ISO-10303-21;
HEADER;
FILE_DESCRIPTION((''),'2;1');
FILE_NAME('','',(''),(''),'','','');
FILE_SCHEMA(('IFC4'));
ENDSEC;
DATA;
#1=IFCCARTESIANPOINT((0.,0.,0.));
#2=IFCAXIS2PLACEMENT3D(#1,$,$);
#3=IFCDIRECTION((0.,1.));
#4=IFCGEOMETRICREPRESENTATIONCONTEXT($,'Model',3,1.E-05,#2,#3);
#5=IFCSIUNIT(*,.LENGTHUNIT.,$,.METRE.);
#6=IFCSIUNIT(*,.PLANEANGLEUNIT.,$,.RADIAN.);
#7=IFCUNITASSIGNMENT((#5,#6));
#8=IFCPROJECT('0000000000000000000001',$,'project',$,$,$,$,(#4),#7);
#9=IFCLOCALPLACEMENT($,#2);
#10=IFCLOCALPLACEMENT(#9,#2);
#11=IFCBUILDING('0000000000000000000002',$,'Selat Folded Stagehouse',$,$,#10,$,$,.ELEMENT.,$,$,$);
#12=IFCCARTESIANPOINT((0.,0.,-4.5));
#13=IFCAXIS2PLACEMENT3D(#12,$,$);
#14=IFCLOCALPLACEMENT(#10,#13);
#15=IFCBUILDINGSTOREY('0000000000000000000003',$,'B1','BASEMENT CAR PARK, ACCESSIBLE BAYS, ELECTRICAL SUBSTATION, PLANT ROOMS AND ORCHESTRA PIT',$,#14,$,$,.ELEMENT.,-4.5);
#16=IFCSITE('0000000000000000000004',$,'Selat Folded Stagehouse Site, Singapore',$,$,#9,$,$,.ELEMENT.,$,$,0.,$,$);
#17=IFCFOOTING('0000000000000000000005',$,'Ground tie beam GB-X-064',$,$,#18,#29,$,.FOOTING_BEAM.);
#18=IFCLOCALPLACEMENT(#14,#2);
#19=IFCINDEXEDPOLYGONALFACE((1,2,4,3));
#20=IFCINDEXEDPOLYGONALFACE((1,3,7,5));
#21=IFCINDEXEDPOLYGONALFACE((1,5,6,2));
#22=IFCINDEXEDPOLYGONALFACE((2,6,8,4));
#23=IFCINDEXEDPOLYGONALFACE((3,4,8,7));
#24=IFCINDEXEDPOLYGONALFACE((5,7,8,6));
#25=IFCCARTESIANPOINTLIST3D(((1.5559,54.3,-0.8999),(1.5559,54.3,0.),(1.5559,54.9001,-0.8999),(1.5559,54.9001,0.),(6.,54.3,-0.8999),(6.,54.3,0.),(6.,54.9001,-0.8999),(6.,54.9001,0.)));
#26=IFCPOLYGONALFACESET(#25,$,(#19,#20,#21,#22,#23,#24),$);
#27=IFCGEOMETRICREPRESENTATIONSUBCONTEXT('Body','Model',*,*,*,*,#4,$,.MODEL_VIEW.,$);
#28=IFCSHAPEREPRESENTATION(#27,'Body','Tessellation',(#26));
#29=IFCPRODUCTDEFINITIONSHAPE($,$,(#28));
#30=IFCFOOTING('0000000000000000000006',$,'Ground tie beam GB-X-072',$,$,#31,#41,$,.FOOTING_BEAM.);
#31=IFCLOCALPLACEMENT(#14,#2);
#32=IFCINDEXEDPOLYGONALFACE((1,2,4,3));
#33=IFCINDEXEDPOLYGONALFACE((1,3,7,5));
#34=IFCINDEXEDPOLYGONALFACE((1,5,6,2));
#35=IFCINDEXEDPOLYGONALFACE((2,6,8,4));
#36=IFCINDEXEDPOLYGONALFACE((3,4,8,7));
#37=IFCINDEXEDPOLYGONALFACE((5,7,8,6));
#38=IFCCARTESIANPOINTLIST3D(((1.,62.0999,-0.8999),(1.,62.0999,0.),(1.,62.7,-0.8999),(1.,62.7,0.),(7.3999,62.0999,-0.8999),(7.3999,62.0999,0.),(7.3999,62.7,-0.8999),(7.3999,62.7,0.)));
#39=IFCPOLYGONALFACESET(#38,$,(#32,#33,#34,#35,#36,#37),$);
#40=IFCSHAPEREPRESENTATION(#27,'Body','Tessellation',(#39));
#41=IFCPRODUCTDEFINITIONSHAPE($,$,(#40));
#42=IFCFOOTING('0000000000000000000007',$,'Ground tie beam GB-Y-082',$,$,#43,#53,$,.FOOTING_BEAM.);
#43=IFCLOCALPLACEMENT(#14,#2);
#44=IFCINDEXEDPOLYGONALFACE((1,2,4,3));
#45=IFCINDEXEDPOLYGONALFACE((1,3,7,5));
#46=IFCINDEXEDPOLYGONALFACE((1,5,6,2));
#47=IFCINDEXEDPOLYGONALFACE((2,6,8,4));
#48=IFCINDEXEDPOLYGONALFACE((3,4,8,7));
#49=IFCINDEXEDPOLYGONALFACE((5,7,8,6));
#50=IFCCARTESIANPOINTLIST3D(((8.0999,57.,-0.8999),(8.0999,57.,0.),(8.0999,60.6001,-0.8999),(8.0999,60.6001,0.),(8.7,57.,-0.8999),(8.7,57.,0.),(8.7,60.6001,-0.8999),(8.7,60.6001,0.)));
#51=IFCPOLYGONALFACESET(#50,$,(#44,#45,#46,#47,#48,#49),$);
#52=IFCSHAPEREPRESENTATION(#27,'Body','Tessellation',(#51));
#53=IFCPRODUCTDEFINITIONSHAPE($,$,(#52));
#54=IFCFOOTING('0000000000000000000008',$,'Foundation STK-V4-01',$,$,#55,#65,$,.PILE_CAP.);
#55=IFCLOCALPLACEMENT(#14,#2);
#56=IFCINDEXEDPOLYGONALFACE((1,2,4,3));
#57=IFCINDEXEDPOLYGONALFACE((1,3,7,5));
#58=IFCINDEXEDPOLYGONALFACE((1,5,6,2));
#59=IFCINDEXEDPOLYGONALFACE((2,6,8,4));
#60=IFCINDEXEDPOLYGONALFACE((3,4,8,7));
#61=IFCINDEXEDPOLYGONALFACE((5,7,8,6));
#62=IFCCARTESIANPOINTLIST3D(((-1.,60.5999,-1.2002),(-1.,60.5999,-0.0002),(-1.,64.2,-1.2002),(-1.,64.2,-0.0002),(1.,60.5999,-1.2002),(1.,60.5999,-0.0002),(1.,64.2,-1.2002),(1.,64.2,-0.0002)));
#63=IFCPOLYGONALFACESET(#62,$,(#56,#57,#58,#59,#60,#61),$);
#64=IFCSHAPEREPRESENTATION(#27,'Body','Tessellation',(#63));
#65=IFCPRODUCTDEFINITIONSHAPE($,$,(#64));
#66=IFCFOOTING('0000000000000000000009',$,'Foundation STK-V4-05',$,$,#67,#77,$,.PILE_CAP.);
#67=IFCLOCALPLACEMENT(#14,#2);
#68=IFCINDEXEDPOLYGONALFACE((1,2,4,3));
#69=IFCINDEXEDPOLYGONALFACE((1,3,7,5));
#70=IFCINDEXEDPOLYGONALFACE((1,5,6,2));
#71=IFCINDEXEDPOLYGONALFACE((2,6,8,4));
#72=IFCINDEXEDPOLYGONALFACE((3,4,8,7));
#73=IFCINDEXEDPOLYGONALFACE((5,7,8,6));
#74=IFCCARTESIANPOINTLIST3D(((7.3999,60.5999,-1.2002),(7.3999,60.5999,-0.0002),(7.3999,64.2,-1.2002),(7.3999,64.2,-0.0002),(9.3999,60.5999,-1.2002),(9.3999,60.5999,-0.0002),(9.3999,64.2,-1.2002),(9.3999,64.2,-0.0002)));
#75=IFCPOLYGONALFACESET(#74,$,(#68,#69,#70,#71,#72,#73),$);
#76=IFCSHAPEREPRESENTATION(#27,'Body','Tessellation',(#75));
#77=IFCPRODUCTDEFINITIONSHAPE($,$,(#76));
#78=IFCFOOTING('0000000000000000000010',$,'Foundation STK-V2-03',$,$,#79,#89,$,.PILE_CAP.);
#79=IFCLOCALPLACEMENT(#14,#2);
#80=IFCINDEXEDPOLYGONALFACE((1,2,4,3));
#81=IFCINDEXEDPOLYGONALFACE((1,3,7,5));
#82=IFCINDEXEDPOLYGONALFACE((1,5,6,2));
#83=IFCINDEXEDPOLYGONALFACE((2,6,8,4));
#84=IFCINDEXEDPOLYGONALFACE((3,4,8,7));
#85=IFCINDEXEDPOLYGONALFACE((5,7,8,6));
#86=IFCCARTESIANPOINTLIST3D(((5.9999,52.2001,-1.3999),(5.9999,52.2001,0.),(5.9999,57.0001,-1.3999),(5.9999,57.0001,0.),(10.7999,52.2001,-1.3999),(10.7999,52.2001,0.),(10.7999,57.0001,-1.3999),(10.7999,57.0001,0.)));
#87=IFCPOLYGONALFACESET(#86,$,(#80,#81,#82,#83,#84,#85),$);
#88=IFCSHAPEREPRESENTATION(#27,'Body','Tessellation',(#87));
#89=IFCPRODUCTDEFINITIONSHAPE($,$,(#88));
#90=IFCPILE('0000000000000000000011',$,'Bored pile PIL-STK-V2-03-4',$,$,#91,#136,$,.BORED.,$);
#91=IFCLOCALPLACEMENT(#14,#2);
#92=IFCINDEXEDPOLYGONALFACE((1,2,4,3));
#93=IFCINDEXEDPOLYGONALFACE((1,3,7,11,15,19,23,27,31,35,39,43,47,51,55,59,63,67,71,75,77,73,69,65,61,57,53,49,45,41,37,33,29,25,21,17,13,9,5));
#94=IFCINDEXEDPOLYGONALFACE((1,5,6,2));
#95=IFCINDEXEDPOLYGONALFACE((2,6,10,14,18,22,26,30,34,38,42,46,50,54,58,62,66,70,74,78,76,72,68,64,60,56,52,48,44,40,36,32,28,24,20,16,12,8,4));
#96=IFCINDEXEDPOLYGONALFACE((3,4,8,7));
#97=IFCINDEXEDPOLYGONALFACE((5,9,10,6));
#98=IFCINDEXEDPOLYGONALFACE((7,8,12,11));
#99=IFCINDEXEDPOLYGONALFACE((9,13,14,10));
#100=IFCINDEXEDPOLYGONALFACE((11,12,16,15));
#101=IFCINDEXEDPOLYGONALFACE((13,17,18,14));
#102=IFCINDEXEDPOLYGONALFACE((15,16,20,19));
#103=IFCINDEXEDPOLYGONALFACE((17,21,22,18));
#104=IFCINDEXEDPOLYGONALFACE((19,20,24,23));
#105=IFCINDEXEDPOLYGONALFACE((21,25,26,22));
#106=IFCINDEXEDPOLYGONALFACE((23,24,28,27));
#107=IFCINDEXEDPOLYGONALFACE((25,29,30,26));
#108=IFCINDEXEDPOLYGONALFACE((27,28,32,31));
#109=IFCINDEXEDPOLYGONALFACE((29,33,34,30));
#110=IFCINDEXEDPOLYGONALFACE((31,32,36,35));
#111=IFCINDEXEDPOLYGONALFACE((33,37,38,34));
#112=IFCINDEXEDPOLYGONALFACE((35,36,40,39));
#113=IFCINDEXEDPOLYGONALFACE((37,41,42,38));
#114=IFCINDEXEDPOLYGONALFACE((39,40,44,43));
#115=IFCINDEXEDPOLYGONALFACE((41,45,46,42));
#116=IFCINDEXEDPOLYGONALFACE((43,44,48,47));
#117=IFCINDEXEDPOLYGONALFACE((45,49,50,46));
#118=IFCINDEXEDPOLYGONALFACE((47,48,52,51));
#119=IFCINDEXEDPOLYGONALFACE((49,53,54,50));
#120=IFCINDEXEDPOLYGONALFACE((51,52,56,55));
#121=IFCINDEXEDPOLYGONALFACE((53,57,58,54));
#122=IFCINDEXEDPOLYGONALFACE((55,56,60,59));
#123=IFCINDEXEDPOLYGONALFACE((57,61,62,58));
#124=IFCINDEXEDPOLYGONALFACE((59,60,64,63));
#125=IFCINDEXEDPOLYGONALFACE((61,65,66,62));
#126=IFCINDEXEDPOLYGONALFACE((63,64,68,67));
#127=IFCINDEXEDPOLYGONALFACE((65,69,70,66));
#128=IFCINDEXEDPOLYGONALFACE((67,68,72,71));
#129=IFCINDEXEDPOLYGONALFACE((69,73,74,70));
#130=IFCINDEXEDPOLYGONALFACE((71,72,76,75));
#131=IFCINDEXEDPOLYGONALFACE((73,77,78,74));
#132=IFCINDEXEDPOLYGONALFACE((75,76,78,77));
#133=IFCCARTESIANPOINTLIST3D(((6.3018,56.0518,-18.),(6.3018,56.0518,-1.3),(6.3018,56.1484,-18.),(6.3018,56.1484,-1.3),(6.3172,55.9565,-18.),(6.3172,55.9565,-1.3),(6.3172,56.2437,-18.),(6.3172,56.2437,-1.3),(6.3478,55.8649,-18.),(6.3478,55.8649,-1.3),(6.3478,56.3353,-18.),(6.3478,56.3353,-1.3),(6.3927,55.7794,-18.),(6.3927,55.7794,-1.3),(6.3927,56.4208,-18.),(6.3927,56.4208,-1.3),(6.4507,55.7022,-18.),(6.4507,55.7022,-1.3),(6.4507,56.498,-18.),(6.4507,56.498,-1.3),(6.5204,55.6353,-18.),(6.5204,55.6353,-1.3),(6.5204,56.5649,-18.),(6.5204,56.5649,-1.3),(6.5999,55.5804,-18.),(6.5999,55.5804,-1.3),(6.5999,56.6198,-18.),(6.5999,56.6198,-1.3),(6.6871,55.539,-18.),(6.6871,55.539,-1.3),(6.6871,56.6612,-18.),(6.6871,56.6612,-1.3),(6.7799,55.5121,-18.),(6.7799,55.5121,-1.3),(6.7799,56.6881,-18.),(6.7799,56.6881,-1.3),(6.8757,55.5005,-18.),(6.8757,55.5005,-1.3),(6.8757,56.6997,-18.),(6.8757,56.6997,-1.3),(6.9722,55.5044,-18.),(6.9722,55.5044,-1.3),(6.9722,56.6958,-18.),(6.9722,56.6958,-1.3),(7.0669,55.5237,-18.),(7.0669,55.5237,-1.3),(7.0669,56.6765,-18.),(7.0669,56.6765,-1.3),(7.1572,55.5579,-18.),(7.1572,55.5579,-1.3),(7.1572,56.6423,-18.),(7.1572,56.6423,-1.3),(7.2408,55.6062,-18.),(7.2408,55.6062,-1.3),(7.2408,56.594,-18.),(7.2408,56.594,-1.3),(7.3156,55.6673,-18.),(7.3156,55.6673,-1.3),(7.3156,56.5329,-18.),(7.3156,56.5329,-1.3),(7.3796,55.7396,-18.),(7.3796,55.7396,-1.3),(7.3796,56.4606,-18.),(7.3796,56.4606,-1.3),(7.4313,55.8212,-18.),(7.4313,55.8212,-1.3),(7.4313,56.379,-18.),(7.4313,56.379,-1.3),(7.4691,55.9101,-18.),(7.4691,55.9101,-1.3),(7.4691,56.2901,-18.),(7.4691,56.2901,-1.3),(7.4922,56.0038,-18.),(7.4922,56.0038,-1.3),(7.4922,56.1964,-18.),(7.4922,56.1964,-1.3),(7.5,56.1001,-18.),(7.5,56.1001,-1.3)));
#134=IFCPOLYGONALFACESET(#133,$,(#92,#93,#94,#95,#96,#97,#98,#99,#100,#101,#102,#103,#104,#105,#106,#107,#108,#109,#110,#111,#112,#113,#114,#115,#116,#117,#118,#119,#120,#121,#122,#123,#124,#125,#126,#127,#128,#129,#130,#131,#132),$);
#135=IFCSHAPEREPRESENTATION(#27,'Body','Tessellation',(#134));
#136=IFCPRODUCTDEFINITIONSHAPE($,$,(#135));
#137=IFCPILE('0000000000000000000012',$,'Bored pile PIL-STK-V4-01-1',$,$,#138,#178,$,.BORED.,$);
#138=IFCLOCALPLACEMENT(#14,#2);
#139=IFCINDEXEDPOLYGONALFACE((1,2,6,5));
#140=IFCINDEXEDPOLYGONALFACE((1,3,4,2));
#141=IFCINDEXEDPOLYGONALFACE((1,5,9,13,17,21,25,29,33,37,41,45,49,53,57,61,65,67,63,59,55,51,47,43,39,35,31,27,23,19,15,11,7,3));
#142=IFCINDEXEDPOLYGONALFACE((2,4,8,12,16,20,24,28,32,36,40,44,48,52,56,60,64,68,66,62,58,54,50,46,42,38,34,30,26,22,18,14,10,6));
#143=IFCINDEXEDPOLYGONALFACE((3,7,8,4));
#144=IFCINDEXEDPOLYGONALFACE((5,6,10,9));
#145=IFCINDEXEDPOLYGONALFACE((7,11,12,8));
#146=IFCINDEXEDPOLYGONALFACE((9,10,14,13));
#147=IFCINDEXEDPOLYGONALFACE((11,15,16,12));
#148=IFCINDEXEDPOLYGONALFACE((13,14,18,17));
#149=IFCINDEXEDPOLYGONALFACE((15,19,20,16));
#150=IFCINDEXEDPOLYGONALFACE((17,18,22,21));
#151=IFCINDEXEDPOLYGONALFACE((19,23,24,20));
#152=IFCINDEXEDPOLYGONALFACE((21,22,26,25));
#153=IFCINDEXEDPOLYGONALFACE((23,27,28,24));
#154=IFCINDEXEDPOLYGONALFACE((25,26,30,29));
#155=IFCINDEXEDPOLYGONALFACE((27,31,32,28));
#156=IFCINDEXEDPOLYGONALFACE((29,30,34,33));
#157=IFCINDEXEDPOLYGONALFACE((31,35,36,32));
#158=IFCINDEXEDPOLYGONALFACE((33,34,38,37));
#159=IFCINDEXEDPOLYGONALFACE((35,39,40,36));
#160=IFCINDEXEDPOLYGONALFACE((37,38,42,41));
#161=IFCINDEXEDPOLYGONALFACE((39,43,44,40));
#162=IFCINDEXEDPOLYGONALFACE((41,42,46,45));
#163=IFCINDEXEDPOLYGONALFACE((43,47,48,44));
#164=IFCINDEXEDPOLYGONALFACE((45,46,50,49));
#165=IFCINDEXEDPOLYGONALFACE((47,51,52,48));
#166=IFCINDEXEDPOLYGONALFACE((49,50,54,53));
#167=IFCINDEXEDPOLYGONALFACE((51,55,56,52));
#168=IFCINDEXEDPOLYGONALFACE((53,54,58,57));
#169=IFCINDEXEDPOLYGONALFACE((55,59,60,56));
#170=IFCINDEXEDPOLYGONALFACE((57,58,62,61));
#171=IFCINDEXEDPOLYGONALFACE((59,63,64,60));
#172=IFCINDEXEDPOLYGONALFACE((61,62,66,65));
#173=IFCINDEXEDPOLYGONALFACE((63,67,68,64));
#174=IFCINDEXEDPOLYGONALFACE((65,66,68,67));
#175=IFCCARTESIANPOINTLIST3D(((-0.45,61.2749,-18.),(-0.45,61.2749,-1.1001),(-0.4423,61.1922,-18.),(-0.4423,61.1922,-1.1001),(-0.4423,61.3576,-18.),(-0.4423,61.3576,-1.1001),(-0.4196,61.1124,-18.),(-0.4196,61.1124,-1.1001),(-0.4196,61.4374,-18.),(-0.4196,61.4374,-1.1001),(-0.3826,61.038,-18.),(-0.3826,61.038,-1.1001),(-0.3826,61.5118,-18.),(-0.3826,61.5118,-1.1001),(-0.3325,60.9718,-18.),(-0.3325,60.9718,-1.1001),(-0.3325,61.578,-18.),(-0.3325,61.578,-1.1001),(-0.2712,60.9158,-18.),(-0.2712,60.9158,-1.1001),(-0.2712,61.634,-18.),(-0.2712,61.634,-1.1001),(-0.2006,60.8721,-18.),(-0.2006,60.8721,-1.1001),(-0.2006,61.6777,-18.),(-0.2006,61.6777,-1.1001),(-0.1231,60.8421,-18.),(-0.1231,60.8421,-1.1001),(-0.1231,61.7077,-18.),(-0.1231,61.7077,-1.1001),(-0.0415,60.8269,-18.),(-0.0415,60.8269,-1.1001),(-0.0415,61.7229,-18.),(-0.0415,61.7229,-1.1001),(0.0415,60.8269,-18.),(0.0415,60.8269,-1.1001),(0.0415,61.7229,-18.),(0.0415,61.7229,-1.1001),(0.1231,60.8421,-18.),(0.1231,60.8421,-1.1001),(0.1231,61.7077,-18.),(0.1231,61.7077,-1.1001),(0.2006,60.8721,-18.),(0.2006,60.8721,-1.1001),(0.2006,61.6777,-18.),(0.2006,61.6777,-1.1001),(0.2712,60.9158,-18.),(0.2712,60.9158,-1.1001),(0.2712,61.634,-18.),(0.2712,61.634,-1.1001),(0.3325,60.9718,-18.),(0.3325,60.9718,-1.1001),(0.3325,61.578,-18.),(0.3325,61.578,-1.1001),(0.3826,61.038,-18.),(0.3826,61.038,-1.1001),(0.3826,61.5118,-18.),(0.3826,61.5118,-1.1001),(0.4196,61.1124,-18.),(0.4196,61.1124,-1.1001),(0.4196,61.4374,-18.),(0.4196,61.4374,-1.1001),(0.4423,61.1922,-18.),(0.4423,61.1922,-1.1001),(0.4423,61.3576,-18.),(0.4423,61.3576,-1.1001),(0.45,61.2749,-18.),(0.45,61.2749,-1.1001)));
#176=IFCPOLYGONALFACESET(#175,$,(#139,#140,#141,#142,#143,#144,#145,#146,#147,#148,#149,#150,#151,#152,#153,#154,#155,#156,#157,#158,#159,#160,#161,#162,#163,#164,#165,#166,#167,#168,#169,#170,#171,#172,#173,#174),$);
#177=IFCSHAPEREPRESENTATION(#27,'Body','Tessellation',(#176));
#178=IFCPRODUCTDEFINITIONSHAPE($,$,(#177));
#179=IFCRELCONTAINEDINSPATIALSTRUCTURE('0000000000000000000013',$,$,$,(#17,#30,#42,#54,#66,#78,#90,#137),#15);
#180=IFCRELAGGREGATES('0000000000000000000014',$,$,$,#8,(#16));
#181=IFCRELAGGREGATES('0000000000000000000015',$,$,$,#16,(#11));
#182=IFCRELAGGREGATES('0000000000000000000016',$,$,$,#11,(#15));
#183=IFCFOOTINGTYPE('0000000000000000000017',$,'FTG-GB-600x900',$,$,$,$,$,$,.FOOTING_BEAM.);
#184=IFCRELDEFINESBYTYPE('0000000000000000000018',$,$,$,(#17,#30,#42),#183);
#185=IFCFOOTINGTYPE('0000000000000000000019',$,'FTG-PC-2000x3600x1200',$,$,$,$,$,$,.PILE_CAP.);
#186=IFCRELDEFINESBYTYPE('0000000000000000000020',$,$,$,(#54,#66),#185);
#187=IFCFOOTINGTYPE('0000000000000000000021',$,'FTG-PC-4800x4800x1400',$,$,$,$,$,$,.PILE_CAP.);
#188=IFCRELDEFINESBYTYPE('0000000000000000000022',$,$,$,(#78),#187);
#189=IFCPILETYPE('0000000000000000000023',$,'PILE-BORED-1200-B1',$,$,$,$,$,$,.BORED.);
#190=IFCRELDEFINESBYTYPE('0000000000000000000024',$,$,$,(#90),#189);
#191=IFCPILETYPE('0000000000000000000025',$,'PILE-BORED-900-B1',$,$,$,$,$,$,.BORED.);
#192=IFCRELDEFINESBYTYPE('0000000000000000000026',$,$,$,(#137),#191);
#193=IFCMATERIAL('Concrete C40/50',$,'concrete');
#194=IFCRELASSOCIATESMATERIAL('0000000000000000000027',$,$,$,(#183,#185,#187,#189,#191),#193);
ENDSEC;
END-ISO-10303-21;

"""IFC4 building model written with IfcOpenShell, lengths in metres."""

from ifc_helpers import new_model, si_unit, direction, frame, origin, origin_2d, place, context, subcontext, project, spatial, rectangle, circle, extrude, material, material_profile, profile_set, type_object, element, save


model = new_model("IFC4")

# Units and contexts
model_context = context("Model", 3, precision=1e-05, world=origin(), true_north=direction((0.0, 1.0)))
body_context = subcontext(model_context, "Body", "Model", "MODEL_VIEW")
ifc_project = project(units=[si_unit("LENGTHUNIT", "METRE"), si_unit("PLANEANGLEUNIT", "RADIAN")], contexts=[model_context])

# Site, building, storey
site_placement = place(None, origin())
site = spatial("IfcSite", under=ifc_project, at=site_placement, Name="Selat Folded Stagehouse Site, Singapore", CompositionType="ELEMENT", RefElevation=0.0)
building_placement = place(site_placement, origin())
building = spatial("IfcBuilding", under=site, at=building_placement, Name="Selat Folded Stagehouse", CompositionType="ELEMENT")
storey_placement = place(building_placement, frame((0.0, 0.0, -4.5)))
storey = spatial("IfcBuildingStorey", under=building, at=storey_placement, Name="B1", Description="BASEMENT CAR PARK, ACCESSIBLE BAYS, ELECTRICAL SUBSTATION, PLANT ROOMS AND ORCHESTRA PIT", CompositionType="ELEMENT", Elevation=-4.5)

# Footings
ifc_material_1 = material(Name="Concrete C40/50", Category="concrete")
ifc_material_profile_1 = material_profile(ifc_material_1, rectangle(XDim=0.6001, YDim=0.8999, at=origin_2d()), Name="RC 900x600")
ifc_profile_set_1 = profile_set([ifc_material_profile_1], Name="Concrete C40/50")
footing_type_1 = type_object("IfcFootingType", Name="FTG-GB-600x900", PredefinedType="FOOTING_BEAM", material=ifc_profile_set_1)
footing_1_placement = place(storey_placement, frame((1.5559, 54.6001, -0.45), z_axis=(1.0, 0.0, 0.0), x_axis=(0.0, 1.0, 0.0)))
element("IfcFooting", 1, at=footing_1_placement, inside=storey, type_object=footing_type_1, Name="Ground tie beam GB-X-064", PredefinedType="FOOTING_BEAM", context=body_context, shape_type="SweptSolid", body=[
    extrude(rectangle(XDim=0.6001, YDim=0.8999, at=origin_2d()), origin(), (0.0, 0.0, 1.0), 4.4441),
])
footing_2_placement = place(storey_placement, frame((1.0, 62.3999, -0.45), z_axis=(1.0, 0.0, 0.0), x_axis=(0.0, 1.0, 0.0)))
element("IfcFooting", 2, at=footing_2_placement, inside=storey, type_object=footing_type_1, Name="Ground tie beam GB-X-072", PredefinedType="FOOTING_BEAM", context=body_context, shape_type="SweptSolid", body=[
    extrude(rectangle(XDim=0.6001, YDim=0.8999, at=origin_2d()), origin(), (0.0, 0.0, 1.0), 6.3999),
])
footing_3_placement = place(storey_placement, frame((8.3999, 57.0, -0.45), z_axis=(0.0, 1.0, 0.0), x_axis=(-1.0, 0.0, 0.0)))
element("IfcFooting", 3, at=footing_3_placement, inside=storey, type_object=footing_type_1, Name="Ground tie beam GB-Y-082", PredefinedType="FOOTING_BEAM", context=body_context, shape_type="SweptSolid", body=[
    extrude(rectangle(XDim=0.6001, YDim=0.8999, at=origin_2d()), origin(), (0.0, 0.0, 1.0), 3.6001),
])
footing_type_2 = type_object("IfcFootingType", Name="FTG-PC-2000x3600x1200", PredefinedType="PILE_CAP", material=ifc_material_1)
for number, where, z_axis, x_axis, name in (
    (4, (0.0, 62.3999, -1.2002), (0.0, 0.0, 1.0), (1.0, 0.0, 0.0), "Foundation STK-V4-01"),
    (5, (8.3999, 62.3999, -1.2002), (0.0, 0.0, 1.0), (1.0, 0.0, 0.0), "Foundation STK-V4-05"),
):
    element("IfcFooting", number, at=place(storey_placement, frame(where, z_axis=z_axis, x_axis=x_axis)), inside=storey, type_object=footing_type_2, Name=name, PredefinedType="PILE_CAP", context=body_context, shape_type="SweptSolid", body=[
        extrude(rectangle(XDim=2.0, YDim=3.6001, at=origin_2d()), origin(), (0.0, 0.0, 1.0), 1.2),
    ])
footing_type_3 = type_object("IfcFootingType", Name="FTG-PC-4800x4800x1400", PredefinedType="PILE_CAP", material=ifc_material_1)
footing_4_placement = place(storey_placement, frame((8.3999, 54.6001, -1.3999), z_axis=(0.0, 0.0, 1.0), x_axis=(1.0, 0.0, 0.0)))
element("IfcFooting", 6, at=footing_4_placement, inside=storey, type_object=footing_type_3, Name="Foundation STK-V2-03", PredefinedType="PILE_CAP", context=body_context, shape_type="SweptSolid", body=[
    extrude(rectangle(XDim=4.8, YDim=4.8, at=origin_2d()), origin(), (0.0, 0.0, 1.0), 1.3999),
])

# Piles
ifc_material_profile_2 = material_profile(ifc_material_1, circle(Radius=0.6001, at=origin_2d()), Name="PILE D1200")
ifc_profile_set_2 = profile_set([ifc_material_profile_2], Name="Concrete C40/50")
pile_type_1 = type_object("IfcPileType", Name="PILE-BORED-1200-B1", PredefinedType="BORED", material=ifc_profile_set_2)
pile_placement = place(storey_placement, frame((6.8999, 56.1001, -1.3), z_axis=(0.0, 0.0, -1.0), x_axis=(1.0, 0.0, 0.0)))
element("IfcPile", 7, at=pile_placement, inside=storey, type_object=pile_type_1, Name="Bored pile PIL-STK-V2-03-4", PredefinedType="BORED", context=body_context, shape_type="SweptSolid", body=[
    extrude(circle(Radius=0.6001, at=origin_2d()), origin(), (0.0, 0.0, 1.0), 16.7),
])
ifc_material_profile_3 = material_profile(ifc_material_1, circle(Radius=0.45, at=origin_2d()), Name="PILE D900")
ifc_profile_set_3 = profile_set([ifc_material_profile_3], Name="Concrete C40/50")
pile_type_2 = type_object("IfcPileType", Name="PILE-BORED-900-B1", PredefinedType="BORED", material=ifc_profile_set_3)
for number, where, z_axis, x_axis, name in (
    (8, (0.0, 61.2749, -1.1001), (0.0, 0.0, -1.0), (1.0, 0.0, 0.0), "Bored pile PIL-STK-V4-01-1"),
):
    element("IfcPile", number, at=place(storey_placement, frame(where, z_axis=z_axis, x_axis=x_axis)), inside=storey, type_object=pile_type_2, Name=name, PredefinedType="BORED", context=body_context, shape_type="SweptSolid", body=[
        extrude(circle(Radius=0.45, at=origin_2d()), origin(), (0.0, 0.0, 1.0), 16.8999),
    ])

save(model, "model.ifc")
